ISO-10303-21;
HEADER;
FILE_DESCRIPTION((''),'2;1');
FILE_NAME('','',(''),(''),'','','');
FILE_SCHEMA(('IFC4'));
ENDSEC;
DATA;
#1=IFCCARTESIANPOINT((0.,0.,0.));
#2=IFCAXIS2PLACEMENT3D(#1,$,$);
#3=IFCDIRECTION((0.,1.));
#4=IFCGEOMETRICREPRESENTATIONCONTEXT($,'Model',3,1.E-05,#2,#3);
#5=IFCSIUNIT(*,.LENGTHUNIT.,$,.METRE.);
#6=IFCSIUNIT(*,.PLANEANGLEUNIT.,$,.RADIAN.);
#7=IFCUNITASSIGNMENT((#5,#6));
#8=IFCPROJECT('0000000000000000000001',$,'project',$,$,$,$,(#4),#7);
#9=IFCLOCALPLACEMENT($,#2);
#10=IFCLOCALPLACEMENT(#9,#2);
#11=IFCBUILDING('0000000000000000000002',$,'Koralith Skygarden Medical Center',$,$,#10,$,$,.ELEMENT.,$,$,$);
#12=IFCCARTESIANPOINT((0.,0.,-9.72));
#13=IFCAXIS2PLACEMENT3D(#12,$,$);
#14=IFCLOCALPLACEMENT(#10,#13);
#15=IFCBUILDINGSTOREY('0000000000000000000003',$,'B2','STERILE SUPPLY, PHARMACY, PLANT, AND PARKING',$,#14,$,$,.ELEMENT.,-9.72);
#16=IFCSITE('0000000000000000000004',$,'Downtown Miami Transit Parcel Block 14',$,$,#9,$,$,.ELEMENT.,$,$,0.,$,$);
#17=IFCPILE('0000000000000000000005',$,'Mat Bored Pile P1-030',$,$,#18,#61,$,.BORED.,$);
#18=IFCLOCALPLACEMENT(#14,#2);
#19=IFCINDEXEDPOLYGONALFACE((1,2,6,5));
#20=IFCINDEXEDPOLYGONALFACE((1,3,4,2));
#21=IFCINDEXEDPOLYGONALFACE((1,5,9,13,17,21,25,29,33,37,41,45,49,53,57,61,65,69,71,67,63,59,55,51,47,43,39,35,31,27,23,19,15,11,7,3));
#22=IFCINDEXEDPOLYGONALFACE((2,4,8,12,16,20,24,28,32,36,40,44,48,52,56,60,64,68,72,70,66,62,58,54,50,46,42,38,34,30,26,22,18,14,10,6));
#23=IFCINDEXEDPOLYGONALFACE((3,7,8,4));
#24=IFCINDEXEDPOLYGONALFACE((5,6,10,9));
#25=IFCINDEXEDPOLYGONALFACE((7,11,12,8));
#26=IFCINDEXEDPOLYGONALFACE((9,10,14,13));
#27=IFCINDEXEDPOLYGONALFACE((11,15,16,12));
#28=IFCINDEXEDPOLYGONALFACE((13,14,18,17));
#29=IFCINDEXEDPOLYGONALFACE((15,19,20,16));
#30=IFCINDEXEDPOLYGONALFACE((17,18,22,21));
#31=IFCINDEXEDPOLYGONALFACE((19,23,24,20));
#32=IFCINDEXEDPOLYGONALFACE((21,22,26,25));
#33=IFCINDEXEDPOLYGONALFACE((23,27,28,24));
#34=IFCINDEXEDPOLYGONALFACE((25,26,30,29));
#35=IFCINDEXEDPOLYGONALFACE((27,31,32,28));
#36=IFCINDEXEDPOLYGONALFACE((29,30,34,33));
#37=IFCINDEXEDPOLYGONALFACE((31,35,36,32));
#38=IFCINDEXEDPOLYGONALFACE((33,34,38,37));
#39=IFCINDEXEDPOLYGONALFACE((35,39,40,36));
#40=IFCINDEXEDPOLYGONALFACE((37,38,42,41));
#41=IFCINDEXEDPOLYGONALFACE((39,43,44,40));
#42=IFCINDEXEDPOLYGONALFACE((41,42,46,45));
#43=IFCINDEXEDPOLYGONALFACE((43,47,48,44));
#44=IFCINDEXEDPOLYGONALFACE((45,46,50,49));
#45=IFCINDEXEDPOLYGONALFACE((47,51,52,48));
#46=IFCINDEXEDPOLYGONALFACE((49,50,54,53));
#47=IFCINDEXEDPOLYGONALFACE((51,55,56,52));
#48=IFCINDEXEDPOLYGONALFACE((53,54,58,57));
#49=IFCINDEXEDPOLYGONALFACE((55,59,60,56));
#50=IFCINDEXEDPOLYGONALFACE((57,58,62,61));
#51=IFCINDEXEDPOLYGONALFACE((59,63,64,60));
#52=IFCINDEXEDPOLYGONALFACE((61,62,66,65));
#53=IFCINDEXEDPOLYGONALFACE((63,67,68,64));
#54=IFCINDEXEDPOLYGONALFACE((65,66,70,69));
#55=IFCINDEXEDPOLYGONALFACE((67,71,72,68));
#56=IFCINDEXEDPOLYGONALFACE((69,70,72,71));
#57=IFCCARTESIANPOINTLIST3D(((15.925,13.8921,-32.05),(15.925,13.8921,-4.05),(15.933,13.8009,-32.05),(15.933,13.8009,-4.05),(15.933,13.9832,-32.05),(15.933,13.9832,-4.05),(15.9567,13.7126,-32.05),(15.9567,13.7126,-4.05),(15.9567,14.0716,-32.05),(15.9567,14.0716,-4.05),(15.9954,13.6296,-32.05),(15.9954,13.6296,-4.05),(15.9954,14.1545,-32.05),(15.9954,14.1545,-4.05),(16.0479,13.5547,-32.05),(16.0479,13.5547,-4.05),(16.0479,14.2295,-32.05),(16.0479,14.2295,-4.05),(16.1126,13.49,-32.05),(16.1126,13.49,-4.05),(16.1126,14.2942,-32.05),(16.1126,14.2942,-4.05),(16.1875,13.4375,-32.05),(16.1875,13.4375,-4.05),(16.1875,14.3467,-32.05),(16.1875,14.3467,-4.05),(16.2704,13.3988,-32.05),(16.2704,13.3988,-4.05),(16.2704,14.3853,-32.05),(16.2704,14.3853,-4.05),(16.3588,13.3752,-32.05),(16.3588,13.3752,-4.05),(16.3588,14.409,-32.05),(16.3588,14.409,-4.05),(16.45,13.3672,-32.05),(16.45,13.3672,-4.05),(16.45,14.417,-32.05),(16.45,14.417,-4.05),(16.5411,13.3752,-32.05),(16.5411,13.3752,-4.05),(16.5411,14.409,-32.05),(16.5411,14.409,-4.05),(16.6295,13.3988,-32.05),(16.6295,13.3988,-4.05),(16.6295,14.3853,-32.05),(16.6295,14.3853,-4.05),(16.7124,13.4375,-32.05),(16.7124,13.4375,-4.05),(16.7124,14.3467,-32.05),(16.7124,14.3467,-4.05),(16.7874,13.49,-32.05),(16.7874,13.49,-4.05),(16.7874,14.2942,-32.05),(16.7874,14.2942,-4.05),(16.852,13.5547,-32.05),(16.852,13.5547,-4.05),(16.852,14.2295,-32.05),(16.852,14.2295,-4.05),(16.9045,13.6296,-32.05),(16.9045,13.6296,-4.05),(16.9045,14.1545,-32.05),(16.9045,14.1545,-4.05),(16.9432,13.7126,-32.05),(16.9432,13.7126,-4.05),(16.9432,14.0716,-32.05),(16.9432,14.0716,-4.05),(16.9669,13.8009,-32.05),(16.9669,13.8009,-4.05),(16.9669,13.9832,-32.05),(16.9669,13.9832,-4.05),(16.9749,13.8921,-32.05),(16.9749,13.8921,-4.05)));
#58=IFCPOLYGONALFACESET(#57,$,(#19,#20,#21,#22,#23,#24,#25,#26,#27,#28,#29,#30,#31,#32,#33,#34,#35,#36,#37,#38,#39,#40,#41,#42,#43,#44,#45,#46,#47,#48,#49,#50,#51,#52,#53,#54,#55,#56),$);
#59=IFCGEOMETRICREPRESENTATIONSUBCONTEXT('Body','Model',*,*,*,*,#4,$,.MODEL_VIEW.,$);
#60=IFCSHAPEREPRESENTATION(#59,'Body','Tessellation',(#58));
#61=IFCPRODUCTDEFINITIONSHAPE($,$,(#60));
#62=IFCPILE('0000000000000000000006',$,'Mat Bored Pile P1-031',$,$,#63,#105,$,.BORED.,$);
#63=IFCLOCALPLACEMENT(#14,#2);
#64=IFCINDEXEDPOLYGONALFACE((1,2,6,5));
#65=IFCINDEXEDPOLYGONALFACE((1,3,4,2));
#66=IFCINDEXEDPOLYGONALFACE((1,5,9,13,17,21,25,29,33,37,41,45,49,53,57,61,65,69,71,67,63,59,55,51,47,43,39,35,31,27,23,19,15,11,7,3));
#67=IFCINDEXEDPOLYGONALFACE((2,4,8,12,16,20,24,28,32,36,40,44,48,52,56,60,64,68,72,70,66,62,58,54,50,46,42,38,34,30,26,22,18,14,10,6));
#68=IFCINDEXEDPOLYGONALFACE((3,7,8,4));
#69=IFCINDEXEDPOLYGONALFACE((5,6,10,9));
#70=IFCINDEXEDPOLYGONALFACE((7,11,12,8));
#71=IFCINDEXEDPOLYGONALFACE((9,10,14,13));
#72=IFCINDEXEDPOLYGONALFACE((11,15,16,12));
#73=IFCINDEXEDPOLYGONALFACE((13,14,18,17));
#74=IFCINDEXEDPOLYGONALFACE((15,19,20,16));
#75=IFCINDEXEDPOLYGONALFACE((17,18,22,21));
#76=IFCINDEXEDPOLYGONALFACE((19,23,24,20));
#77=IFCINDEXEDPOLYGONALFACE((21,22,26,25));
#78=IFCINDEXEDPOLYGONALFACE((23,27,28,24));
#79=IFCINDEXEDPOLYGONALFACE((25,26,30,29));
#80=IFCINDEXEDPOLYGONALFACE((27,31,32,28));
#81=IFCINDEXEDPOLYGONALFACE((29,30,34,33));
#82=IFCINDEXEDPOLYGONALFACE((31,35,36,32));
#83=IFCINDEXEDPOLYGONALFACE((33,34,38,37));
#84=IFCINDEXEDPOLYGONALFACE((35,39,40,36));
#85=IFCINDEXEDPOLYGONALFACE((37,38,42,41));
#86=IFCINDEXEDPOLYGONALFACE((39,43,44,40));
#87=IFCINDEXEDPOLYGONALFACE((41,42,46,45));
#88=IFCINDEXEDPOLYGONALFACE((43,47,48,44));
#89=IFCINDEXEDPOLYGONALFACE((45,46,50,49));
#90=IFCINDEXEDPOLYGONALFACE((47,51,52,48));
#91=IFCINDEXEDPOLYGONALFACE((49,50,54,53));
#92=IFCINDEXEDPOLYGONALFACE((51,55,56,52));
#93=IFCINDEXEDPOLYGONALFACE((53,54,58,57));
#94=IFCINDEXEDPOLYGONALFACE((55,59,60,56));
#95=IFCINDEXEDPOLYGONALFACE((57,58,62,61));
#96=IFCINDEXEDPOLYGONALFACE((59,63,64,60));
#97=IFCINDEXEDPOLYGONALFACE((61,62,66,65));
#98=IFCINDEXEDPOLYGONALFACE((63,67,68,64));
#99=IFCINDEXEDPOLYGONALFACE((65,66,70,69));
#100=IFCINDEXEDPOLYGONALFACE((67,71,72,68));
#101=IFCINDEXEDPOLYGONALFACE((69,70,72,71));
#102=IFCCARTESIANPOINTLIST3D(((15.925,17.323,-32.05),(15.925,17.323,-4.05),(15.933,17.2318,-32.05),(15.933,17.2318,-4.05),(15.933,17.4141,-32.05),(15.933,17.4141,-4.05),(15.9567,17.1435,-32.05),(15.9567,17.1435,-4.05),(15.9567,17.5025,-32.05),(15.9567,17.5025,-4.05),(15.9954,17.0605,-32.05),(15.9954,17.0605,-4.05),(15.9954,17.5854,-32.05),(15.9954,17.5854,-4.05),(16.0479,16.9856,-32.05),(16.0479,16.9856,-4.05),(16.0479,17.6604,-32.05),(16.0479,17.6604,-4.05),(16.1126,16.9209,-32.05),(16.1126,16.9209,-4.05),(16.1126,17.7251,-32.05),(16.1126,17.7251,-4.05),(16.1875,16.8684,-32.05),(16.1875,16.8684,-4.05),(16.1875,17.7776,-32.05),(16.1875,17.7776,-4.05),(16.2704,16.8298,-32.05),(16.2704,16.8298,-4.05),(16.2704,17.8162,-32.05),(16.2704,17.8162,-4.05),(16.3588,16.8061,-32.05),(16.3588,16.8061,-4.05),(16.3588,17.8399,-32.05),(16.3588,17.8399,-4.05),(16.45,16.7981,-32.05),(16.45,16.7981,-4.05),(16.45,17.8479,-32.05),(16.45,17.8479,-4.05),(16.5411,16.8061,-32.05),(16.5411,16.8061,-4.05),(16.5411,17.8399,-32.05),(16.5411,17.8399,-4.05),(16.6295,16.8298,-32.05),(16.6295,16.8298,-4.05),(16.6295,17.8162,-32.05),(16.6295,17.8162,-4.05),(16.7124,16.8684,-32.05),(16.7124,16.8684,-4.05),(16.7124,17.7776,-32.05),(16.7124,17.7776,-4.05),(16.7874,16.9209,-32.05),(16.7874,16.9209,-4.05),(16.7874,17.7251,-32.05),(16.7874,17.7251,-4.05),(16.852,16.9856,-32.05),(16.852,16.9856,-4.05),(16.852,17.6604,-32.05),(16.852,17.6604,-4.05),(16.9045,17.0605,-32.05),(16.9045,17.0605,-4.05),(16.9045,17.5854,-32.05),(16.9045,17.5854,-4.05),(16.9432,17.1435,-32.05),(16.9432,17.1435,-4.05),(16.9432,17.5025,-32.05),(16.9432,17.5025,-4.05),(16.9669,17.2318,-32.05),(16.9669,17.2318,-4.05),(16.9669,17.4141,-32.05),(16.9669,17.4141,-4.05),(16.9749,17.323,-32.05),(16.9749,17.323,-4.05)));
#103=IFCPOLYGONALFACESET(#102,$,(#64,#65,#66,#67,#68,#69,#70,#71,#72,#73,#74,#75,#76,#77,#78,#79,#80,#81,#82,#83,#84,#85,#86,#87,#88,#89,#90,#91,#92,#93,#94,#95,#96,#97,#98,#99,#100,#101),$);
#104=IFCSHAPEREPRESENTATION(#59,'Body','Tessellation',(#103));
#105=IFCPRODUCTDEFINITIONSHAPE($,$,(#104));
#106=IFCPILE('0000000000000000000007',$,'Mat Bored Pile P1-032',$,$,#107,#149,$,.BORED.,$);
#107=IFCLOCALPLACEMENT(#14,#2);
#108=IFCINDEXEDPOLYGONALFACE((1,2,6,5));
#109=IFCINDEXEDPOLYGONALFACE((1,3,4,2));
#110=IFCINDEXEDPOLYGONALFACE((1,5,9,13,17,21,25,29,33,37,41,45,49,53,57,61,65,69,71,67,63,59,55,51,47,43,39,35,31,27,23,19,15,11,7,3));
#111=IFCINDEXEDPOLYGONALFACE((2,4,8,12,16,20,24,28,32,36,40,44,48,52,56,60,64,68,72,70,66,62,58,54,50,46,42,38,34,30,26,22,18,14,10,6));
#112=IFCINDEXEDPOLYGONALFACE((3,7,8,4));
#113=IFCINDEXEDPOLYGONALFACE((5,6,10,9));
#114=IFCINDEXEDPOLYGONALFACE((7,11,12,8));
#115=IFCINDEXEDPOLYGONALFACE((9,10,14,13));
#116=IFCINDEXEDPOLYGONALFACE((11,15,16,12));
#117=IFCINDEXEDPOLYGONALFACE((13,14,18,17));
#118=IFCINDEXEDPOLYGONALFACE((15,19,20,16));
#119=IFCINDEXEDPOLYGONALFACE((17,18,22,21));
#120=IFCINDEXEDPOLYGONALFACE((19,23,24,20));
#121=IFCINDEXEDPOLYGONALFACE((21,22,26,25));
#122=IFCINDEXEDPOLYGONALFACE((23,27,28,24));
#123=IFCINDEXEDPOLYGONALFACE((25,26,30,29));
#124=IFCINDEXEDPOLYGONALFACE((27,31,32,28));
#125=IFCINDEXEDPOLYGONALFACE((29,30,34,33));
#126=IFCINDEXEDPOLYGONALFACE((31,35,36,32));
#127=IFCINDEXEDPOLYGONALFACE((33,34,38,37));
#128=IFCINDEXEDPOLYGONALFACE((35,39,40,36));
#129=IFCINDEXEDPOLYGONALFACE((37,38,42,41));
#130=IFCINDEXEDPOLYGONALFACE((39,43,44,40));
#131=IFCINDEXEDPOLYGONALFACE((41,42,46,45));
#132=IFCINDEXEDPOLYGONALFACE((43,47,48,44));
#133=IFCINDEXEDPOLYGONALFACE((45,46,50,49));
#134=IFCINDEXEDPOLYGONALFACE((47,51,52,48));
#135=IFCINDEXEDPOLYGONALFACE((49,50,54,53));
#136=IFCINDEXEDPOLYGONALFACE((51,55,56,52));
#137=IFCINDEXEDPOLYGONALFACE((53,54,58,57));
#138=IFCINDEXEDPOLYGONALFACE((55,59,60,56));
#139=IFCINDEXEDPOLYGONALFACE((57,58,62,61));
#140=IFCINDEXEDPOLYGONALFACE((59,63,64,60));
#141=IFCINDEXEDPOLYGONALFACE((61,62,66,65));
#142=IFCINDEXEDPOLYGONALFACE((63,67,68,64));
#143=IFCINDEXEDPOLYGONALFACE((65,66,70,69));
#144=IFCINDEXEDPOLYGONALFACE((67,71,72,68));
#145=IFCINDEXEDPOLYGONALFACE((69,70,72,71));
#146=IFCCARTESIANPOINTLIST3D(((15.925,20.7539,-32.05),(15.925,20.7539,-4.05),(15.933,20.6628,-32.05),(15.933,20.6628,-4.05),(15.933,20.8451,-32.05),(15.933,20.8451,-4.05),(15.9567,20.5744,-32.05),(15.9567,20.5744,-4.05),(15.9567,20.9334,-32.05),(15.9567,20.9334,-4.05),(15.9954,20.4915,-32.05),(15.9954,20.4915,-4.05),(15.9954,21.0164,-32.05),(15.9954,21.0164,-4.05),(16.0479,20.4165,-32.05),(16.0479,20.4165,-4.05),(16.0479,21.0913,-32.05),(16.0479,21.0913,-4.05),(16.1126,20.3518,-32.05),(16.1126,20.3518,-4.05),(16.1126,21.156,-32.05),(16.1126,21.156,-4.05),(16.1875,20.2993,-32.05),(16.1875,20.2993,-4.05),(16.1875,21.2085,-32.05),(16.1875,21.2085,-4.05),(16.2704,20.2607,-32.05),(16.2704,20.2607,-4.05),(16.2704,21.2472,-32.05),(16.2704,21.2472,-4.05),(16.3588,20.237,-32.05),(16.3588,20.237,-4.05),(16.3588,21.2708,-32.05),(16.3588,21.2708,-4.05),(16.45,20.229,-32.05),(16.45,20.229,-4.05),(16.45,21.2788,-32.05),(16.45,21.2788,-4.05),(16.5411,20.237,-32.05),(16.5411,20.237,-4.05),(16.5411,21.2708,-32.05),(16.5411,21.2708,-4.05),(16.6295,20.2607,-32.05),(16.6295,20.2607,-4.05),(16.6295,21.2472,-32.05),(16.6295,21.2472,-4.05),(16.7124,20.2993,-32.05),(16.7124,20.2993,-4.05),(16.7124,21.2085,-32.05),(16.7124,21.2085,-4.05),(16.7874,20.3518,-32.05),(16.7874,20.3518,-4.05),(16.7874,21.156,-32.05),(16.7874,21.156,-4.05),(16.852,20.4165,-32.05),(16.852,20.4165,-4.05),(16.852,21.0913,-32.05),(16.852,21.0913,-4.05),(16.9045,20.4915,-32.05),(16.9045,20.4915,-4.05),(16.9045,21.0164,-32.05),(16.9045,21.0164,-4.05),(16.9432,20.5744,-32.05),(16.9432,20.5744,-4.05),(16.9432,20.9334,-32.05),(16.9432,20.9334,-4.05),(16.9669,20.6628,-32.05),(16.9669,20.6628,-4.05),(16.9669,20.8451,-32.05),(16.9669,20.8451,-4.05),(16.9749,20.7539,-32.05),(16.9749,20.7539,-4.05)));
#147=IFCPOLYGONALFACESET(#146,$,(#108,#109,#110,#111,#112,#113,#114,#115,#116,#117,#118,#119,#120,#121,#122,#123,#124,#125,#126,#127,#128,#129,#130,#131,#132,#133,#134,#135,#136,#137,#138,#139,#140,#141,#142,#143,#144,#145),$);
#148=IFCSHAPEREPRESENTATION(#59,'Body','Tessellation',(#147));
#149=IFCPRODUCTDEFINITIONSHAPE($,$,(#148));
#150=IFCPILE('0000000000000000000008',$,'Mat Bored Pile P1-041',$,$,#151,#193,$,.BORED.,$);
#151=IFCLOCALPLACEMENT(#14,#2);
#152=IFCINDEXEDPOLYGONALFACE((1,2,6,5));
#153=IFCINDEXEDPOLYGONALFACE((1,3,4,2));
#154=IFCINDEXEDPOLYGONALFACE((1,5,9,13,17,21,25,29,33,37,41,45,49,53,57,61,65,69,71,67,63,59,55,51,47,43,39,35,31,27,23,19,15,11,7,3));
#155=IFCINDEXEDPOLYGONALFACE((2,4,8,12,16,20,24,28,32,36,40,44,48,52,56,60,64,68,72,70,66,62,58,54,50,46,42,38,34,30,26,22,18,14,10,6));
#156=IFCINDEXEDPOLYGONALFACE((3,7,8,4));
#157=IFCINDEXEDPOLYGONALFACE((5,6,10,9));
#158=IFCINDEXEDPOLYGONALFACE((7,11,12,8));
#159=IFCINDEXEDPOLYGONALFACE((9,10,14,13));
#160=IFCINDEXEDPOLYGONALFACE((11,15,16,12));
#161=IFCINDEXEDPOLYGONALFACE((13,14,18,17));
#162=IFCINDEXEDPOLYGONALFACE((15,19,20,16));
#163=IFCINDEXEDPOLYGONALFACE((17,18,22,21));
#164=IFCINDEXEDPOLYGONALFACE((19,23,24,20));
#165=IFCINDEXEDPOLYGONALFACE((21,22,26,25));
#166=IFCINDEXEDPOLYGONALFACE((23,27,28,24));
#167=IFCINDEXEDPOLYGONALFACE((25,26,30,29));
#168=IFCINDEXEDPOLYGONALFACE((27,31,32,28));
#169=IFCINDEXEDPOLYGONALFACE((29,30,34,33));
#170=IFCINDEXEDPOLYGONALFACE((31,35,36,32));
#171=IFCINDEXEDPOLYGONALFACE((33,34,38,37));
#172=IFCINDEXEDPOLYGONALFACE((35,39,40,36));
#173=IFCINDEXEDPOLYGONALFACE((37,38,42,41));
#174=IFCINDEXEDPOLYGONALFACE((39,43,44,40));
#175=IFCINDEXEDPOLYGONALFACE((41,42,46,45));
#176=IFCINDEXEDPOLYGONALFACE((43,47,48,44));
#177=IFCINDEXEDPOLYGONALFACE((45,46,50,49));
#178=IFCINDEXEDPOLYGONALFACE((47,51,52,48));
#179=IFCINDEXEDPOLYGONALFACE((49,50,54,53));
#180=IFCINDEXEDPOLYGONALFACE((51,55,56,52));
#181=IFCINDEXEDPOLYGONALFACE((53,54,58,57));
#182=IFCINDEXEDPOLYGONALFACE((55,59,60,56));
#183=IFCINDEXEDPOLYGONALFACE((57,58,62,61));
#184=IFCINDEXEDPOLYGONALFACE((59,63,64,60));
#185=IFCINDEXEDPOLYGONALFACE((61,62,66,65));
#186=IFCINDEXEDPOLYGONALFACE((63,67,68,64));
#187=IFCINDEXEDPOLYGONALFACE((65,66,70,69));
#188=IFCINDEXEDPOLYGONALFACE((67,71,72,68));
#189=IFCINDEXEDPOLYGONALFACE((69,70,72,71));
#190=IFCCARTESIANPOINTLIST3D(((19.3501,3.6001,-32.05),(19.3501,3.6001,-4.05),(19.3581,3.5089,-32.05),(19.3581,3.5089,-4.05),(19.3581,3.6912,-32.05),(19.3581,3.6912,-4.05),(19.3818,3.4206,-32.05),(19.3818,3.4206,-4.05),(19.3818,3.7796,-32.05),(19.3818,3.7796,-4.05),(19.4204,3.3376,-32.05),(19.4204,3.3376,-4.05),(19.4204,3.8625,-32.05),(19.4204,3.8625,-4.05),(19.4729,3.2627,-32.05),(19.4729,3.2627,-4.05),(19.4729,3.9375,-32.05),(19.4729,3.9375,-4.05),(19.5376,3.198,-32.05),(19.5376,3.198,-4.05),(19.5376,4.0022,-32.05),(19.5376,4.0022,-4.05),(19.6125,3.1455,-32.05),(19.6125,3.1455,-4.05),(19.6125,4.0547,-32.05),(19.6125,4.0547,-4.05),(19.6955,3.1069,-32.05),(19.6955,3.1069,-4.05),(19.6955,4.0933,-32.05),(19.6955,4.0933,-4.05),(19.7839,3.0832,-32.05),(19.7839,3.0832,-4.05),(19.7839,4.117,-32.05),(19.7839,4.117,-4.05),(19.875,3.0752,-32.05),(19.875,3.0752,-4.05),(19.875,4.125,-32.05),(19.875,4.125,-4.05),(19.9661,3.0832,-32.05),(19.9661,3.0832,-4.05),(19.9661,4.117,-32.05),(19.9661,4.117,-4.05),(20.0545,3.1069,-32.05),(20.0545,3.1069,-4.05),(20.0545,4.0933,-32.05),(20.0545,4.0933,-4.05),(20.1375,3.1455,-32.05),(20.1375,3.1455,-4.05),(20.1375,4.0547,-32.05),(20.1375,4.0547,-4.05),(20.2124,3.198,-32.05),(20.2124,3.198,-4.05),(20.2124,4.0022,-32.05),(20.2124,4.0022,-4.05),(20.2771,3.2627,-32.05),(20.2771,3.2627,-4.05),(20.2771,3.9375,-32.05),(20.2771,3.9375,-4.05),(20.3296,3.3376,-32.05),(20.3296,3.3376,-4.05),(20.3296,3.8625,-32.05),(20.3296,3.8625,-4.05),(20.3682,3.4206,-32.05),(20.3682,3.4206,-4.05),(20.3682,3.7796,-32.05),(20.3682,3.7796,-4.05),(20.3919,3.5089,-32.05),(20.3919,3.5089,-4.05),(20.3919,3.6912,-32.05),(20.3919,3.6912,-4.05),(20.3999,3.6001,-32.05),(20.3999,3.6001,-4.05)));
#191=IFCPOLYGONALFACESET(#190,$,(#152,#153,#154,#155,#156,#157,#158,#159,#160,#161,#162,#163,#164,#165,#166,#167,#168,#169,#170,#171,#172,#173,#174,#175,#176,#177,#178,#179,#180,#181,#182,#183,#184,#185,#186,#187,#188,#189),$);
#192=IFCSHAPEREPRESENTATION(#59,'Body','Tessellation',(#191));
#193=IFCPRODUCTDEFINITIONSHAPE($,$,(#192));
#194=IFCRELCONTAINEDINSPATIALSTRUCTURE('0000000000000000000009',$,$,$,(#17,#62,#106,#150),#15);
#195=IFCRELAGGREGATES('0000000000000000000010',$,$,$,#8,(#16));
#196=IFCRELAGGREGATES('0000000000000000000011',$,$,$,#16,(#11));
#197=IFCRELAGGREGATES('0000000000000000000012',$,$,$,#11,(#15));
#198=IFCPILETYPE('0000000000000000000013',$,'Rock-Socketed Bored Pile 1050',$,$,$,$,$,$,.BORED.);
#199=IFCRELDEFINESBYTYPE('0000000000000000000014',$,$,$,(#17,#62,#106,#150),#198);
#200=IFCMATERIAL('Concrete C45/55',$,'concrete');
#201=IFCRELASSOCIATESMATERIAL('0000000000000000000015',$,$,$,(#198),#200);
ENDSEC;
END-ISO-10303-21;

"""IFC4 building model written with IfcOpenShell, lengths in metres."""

from ifc_helpers import new_model, si_unit, direction, frame, origin, origin_2d, place, context, subcontext, project, spatial, circle, extrude, material, material_profile, profile_set, type_object, element, save


model = new_model("IFC4")

# Units and contexts
model_context = context("Model", 3, precision=1e-05, world=origin(), true_north=direction((0.0, 1.0)))
body_context = subcontext(model_context, "Body", "Model", "MODEL_VIEW")
ifc_project = project(units=[si_unit("LENGTHUNIT", "METRE"), si_unit("PLANEANGLEUNIT", "RADIAN")], contexts=[model_context])

# Site, building, storey
site_placement = place(None, origin())
site = spatial("IfcSite", under=ifc_project, at=site_placement, Name="Downtown Miami Transit Parcel Block 14", CompositionType="ELEMENT", RefElevation=0.0)
building_placement = place(site_placement, origin())
building = spatial("IfcBuilding", under=site, at=building_placement, Name="Koralith Skygarden Medical Center", CompositionType="ELEMENT")
storey_placement = place(building_placement, frame((0.0, 0.0, -9.72)))
storey = spatial("IfcBuildingStorey", under=building, at=storey_placement, Name="B2", Description="STERILE SUPPLY, PHARMACY, PLANT, AND PARKING", CompositionType="ELEMENT", Elevation=-9.72)

# Piles
ifc_material_1 = material(Name="Concrete C45/55", Category="concrete")
ifc_material_profile_1 = material_profile(ifc_material_1, circle(Radius=0.5249, at=origin_2d()), Name="PILE1050")
ifc_profile_set_1 = profile_set([ifc_material_profile_1], Name="Concrete C45/55")
pile_type = type_object("IfcPileType", Name="Rock-Socketed Bored Pile 1050", PredefinedType="BORED", material=ifc_profile_set_1)
for number, where, z_axis, x_axis, name in (
    (1, (16.45, 13.8921, -4.05), (0.0, 0.0, -1.0), (1.0, 0.0, 0.0), "Mat Bored Pile P1-030"),
    (2, (16.45, 17.323, -4.05), (0.0, 0.0, -1.0), (1.0, 0.0, 0.0), "Mat Bored Pile P1-031"),
    (3, (16.45, 20.7539, -4.05), (0.0, 0.0, -1.0), (1.0, 0.0, 0.0), "Mat Bored Pile P1-032"),
    (4, (19.875, 3.6001, -4.05), (0.0, 0.0, -1.0), (1.0, 0.0, 0.0), "Mat Bored Pile P1-041"),
):
    element("IfcPile", number, at=place(storey_placement, frame(where, z_axis=z_axis, x_axis=x_axis)), inside=storey, type_object=pile_type, Name=name, PredefinedType="BORED", context=body_context, shape_type="SweptSolid", body=[
        extrude(circle(Radius=0.5249, at=origin_2d()), origin(), (0.0, 0.0, 1.0), 28.0),
    ])

save(model, "model.ifc")
